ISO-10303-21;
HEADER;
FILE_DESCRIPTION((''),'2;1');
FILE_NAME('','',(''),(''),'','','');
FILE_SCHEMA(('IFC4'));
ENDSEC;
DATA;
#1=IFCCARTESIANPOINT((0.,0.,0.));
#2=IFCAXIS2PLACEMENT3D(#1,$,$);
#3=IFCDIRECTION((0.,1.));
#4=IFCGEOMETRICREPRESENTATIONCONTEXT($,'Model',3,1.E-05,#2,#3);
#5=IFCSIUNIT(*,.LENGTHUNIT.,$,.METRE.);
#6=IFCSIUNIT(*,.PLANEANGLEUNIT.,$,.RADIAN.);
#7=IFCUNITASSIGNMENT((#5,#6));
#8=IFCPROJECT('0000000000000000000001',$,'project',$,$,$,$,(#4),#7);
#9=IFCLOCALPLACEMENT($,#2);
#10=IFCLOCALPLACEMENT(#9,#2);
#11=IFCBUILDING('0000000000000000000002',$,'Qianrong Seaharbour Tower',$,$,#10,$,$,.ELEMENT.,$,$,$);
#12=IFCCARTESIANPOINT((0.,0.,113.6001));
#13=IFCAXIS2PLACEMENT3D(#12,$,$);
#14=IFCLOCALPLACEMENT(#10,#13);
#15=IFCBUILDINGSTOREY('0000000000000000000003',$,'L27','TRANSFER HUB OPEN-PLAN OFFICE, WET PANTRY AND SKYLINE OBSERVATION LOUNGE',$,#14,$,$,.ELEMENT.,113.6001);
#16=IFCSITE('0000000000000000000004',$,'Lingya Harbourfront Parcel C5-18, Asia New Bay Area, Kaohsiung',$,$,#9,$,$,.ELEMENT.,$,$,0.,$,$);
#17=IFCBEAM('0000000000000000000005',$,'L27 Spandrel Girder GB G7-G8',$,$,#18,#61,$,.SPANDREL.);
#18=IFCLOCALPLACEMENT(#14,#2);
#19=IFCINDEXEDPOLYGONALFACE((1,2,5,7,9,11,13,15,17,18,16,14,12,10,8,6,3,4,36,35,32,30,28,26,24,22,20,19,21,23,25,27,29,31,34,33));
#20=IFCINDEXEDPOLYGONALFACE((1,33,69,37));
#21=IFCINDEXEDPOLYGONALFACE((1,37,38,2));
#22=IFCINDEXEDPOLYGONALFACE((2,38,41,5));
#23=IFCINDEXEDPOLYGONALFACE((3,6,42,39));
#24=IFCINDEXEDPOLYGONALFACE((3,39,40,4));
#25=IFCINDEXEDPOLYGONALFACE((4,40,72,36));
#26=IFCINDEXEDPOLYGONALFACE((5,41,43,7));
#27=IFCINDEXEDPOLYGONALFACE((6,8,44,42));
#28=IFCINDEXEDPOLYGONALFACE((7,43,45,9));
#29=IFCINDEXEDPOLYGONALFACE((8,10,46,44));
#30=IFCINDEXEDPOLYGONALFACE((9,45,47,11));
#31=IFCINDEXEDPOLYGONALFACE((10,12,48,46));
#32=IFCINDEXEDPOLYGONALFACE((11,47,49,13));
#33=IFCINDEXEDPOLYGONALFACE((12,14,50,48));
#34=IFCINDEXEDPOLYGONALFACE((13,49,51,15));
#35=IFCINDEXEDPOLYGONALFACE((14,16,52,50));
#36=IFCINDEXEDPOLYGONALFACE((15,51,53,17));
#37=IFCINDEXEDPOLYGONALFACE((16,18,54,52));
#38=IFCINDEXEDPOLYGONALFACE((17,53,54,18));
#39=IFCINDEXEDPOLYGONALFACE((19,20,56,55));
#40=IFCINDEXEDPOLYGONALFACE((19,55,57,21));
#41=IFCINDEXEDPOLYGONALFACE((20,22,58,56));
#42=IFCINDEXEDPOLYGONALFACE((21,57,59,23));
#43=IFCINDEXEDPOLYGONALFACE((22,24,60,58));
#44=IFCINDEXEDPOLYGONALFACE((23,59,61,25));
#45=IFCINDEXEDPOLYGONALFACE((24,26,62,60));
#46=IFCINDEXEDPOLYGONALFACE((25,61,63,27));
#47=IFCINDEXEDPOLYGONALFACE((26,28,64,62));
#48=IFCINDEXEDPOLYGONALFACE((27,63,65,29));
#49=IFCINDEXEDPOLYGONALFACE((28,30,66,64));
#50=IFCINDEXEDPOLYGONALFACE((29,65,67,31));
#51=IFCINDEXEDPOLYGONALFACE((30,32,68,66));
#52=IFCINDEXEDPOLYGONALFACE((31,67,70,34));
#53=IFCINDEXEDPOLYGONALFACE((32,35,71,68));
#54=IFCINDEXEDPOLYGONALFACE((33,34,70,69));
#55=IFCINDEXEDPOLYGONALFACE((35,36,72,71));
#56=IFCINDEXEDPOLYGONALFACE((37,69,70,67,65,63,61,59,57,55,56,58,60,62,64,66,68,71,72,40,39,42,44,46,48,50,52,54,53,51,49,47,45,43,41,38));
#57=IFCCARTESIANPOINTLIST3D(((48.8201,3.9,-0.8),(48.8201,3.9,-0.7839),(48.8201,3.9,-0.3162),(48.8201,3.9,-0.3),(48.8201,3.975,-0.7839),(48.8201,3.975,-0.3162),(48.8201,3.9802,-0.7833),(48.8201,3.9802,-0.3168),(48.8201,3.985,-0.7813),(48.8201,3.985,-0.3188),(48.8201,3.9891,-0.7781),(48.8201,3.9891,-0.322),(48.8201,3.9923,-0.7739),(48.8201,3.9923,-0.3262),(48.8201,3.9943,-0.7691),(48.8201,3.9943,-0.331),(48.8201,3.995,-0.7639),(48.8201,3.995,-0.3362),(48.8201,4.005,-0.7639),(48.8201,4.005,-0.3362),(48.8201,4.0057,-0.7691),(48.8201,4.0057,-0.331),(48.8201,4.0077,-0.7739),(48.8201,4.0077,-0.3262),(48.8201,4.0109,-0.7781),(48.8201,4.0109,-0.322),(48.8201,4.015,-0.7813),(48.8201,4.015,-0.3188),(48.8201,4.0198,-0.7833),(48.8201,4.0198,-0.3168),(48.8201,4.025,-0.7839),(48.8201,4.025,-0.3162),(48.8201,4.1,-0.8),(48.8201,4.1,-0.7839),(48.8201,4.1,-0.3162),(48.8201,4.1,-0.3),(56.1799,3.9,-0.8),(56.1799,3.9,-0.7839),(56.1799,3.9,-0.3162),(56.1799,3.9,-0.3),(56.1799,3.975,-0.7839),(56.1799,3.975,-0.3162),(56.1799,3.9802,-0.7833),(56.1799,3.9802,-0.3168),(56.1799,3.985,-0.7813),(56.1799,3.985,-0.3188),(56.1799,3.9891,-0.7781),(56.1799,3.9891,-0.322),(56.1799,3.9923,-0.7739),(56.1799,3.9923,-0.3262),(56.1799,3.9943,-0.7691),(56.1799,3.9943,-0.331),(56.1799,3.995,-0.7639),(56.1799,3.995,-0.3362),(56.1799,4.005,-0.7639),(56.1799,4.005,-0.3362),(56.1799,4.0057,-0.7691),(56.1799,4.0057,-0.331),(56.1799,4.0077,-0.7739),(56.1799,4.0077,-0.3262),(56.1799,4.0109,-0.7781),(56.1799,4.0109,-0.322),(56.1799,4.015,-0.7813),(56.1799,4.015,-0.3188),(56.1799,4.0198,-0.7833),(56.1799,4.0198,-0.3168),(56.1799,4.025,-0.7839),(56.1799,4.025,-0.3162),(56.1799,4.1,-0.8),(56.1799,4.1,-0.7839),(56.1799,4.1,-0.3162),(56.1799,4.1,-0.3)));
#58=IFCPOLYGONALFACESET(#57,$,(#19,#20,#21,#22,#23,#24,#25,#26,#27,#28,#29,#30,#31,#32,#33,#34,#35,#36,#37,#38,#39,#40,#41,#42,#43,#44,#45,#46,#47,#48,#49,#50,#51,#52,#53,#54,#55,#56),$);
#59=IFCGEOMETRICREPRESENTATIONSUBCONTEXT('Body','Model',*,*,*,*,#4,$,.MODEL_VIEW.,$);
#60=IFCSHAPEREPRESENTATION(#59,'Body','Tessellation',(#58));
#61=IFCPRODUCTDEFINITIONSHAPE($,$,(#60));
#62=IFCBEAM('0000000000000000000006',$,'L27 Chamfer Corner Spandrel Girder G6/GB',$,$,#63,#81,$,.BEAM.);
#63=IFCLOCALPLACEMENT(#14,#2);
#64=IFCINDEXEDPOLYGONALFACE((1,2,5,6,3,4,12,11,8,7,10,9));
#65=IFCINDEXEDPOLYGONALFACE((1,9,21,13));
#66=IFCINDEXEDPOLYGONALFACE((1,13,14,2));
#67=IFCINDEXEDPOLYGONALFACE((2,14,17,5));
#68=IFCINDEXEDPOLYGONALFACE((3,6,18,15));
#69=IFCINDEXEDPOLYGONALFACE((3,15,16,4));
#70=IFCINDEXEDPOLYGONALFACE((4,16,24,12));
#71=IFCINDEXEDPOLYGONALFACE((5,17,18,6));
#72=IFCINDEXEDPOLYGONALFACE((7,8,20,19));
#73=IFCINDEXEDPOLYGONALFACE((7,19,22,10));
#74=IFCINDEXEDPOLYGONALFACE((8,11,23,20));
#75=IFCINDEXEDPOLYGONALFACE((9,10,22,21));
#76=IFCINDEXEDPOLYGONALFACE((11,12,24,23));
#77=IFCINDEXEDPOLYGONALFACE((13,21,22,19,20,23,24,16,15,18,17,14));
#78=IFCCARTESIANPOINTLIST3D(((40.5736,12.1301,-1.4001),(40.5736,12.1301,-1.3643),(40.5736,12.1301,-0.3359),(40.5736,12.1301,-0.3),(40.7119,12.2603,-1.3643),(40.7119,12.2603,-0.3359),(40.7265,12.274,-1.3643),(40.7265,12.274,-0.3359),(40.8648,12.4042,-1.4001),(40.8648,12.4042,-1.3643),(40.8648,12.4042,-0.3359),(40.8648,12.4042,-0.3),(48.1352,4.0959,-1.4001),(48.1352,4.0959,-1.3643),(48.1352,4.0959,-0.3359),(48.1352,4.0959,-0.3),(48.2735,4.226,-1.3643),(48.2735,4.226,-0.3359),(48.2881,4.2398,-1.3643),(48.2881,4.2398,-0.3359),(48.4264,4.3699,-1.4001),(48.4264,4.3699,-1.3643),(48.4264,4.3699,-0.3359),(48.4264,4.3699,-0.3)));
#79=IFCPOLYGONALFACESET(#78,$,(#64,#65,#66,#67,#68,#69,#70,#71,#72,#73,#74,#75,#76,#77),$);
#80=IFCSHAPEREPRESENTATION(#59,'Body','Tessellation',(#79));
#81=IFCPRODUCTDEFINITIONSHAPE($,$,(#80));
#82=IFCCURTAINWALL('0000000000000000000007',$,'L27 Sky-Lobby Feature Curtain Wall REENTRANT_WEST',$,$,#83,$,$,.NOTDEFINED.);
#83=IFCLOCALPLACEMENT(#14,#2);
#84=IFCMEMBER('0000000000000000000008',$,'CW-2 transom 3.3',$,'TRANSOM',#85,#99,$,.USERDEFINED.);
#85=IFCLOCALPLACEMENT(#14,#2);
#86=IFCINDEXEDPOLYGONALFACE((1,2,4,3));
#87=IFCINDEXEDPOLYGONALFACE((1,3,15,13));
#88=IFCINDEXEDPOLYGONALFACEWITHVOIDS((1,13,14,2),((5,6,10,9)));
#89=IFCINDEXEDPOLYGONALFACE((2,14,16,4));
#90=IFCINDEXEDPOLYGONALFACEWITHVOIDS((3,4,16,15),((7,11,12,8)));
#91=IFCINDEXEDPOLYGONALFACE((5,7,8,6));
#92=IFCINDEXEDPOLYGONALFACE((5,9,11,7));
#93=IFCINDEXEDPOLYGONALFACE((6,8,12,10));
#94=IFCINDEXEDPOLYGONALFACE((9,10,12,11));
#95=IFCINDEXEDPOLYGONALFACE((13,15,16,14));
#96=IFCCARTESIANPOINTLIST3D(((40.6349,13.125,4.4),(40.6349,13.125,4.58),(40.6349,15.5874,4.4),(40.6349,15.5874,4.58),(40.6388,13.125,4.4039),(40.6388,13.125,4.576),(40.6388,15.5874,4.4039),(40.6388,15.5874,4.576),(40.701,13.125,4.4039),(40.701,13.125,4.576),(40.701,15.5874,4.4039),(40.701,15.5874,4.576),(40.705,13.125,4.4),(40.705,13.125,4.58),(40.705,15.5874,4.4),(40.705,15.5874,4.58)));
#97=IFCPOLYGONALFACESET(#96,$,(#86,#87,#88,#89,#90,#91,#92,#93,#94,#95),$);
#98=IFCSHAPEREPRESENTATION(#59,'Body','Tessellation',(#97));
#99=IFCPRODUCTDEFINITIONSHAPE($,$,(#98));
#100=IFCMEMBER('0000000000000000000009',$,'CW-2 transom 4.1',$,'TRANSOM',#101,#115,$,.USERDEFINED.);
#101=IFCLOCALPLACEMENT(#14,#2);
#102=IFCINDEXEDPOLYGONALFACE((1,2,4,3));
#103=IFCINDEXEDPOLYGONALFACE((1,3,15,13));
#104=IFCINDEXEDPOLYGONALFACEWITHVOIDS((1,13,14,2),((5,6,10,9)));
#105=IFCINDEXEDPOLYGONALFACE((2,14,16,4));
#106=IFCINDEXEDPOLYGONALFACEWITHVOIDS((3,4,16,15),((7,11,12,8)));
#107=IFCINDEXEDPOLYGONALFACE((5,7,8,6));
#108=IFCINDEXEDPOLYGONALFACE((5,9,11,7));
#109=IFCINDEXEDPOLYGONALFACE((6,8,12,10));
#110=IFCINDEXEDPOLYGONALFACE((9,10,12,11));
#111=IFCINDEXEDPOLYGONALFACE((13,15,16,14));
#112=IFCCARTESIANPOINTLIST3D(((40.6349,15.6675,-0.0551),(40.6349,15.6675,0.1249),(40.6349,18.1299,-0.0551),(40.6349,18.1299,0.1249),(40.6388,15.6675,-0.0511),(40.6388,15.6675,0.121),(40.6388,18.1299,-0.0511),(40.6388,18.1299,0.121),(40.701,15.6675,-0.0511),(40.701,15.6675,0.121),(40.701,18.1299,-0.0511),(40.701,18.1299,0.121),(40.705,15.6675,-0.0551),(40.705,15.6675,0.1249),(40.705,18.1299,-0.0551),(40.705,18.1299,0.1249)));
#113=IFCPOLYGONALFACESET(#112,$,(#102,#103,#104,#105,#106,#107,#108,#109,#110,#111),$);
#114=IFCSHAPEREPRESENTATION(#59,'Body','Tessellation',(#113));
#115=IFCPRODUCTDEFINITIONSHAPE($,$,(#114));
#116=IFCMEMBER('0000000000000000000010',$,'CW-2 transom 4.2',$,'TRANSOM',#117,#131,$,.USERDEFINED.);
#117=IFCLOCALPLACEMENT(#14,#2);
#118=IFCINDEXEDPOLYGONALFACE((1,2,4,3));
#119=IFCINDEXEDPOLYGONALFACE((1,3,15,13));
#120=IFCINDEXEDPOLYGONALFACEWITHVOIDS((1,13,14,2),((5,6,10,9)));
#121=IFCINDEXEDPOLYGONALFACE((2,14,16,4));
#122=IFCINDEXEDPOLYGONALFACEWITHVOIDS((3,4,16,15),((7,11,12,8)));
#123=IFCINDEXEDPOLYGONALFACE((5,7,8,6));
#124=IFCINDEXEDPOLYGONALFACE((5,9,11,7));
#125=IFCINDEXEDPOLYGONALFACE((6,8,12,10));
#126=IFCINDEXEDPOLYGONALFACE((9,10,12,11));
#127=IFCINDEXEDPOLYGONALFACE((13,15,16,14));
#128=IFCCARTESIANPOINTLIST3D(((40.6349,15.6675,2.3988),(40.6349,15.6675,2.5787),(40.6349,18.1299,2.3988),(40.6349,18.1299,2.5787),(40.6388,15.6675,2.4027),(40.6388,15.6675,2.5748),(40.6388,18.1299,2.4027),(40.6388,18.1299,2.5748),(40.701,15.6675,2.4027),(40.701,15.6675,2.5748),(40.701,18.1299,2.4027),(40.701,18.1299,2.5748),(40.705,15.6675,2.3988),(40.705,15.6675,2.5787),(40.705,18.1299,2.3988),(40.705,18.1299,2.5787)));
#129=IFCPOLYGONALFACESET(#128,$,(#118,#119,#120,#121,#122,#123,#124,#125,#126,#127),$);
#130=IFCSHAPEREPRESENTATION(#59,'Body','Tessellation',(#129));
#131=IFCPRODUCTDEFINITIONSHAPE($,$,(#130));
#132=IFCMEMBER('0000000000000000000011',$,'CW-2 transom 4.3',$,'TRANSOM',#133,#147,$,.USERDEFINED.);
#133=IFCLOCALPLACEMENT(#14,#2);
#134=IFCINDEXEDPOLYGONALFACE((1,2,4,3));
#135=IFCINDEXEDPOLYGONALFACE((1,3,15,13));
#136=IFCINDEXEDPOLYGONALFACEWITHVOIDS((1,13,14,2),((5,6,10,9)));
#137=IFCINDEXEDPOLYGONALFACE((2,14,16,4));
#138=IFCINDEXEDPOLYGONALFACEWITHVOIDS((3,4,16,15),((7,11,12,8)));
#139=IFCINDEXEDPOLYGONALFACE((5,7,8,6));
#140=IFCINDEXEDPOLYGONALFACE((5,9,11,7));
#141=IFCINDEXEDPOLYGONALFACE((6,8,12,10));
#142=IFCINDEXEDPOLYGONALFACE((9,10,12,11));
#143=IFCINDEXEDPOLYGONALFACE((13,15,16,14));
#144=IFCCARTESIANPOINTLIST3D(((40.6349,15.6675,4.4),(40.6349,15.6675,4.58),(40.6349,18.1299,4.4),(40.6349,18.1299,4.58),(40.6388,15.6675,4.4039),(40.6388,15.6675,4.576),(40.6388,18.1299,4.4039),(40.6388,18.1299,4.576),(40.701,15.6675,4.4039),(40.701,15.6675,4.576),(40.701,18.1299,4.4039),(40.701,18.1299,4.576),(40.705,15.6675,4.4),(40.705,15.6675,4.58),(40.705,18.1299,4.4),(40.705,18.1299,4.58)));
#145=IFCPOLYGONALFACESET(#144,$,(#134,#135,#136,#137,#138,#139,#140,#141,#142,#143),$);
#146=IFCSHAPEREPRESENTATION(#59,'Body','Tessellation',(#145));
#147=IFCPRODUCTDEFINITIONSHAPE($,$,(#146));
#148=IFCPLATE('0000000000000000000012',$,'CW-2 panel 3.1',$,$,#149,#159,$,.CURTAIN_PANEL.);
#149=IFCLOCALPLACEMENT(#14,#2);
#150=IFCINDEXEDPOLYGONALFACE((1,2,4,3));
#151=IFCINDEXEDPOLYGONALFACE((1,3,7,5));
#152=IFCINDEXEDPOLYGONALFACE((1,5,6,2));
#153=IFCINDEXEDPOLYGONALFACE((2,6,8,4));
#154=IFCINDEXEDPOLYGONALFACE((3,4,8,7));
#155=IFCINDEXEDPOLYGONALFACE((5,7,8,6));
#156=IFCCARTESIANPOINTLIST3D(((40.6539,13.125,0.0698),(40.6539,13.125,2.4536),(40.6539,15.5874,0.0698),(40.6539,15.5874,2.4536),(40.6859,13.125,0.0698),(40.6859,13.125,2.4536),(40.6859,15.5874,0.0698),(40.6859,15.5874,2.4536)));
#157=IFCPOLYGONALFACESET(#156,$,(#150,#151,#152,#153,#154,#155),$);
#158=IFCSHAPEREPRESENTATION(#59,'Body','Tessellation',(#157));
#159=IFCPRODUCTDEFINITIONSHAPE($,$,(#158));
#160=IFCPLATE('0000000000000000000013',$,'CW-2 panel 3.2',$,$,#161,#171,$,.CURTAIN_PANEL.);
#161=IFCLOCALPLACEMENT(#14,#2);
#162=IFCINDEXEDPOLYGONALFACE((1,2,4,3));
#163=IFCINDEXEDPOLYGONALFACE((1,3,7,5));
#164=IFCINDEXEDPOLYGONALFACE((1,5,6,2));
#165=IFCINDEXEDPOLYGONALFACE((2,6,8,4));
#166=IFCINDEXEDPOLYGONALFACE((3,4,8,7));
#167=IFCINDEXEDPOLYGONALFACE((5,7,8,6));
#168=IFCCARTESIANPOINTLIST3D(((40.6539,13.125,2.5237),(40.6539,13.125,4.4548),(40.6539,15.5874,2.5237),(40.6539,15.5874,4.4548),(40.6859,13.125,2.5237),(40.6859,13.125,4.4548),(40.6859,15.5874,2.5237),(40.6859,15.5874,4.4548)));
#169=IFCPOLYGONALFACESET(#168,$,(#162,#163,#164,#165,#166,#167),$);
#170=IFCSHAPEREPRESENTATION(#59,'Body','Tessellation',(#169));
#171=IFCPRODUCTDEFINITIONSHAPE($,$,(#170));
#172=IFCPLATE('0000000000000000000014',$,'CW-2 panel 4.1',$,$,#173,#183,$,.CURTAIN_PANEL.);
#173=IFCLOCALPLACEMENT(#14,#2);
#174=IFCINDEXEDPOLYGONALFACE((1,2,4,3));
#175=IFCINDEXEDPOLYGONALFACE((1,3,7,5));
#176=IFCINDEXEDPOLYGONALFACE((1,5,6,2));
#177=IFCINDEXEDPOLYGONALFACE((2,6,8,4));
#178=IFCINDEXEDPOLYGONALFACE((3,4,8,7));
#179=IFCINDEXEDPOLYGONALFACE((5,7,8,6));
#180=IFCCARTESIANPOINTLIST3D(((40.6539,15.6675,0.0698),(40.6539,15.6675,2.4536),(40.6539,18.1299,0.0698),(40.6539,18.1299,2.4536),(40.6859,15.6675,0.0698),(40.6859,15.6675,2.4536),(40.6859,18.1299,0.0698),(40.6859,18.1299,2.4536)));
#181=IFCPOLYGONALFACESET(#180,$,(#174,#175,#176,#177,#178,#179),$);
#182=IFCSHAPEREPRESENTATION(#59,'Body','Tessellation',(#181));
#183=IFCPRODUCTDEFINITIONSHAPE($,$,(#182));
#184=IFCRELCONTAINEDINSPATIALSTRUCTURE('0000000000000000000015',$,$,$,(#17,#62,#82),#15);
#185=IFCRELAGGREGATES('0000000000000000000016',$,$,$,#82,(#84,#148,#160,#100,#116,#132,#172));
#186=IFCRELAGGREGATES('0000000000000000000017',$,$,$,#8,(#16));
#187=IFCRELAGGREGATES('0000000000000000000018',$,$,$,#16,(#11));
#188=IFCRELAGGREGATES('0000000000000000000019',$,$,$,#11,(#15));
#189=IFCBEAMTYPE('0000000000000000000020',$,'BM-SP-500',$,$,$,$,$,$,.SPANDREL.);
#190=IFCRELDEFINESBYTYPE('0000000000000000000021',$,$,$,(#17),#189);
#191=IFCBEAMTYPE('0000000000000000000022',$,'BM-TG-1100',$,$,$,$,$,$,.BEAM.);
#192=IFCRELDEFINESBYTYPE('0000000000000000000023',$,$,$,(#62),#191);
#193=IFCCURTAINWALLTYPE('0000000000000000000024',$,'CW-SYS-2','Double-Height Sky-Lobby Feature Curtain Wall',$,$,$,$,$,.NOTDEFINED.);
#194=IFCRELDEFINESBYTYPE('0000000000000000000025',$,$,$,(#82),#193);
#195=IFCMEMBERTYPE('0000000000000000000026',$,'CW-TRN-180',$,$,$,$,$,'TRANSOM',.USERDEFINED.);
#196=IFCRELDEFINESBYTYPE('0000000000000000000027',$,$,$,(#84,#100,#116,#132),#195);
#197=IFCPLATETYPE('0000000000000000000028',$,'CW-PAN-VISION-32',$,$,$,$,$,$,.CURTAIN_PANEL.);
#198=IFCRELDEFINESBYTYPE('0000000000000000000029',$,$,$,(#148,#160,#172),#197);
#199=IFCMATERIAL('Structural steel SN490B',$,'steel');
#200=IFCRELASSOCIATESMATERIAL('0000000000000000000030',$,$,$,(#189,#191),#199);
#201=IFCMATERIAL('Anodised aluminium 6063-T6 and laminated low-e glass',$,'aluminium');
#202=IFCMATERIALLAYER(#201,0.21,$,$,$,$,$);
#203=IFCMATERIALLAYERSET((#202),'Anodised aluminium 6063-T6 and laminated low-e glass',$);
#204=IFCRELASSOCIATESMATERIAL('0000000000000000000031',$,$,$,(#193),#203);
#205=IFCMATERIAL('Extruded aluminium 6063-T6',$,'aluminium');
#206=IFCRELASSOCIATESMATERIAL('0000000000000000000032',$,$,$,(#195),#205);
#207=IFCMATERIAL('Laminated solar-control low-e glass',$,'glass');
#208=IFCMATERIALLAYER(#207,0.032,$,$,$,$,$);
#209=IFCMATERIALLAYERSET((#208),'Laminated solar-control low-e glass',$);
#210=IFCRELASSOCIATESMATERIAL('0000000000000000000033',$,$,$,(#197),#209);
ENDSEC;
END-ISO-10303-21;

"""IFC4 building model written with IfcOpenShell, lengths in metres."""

from ifc_helpers import new_model, si_unit, direction, frame, origin, origin_2d, place, context, subcontext, project, spatial, rectangle, hollow_rectangle, i_section, extrude, material, layer, layer_set, material_profile, profile_set, type_object, element, aggregate, save


model = new_model("IFC4")

# Units and contexts
model_context = context("Model", 3, precision=1e-05, world=origin(), true_north=direction((0.0, 1.0)))
body_context = subcontext(model_context, "Body", "Model", "MODEL_VIEW")
ifc_project = project(units=[si_unit("LENGTHUNIT", "METRE"), si_unit("PLANEANGLEUNIT", "RADIAN")], contexts=[model_context])

# Site, building, storey
site_placement = place(None, origin())
site = spatial("IfcSite", under=ifc_project, at=site_placement, Name="Lingya Harbourfront Parcel C5-18, Asia New Bay Area, Kaohsiung", CompositionType="ELEMENT", RefElevation=0.0)
building_placement = place(site_placement, origin())
building = spatial("IfcBuilding", under=site, at=building_placement, Name="Qianrong Seaharbour Tower", CompositionType="ELEMENT")
storey_placement = place(building_placement, frame((0.0, 0.0, 113.6001)))
storey = spatial("IfcBuildingStorey", under=building, at=storey_placement, Name="L27", Description="TRANSFER HUB OPEN-PLAN OFFICE, WET PANTRY AND SKYLINE OBSERVATION LOUNGE", CompositionType="ELEMENT", Elevation=113.6001)

# Shared definitions
ifc_material_1 = material(Name="Structural steel SN490B", Category="steel")

# Beams
ifc_material_profile_1 = material_profile(ifc_material_1, i_section(OverallWidth=0.2, OverallDepth=0.5, WebThickness=0.01, FlangeThickness=0.0161, FilletRadius=0.02, at=origin_2d()), Name="H500x200x10x16")
ifc_profile_set_1 = profile_set([ifc_material_profile_1], Name="Structural steel SN490B")
beam_type_1 = type_object("IfcBeamType", Name="BM-SP-500", PredefinedType="SPANDREL", material=ifc_profile_set_1)
beam_1_placement = place(storey_placement, frame((48.8201, 4.0, -0.55), z_axis=(1.0, 0.0, 0.0), x_axis=(0.0, 1.0, 0.0)))
element("IfcBeam", 1, at=beam_1_placement, inside=storey, type_object=beam_type_1, Name="L27 Spandrel Girder GB G7-G8", PredefinedType="SPANDREL", context=body_context, shape_type="SweptSolid", body=[
    extrude(i_section(OverallWidth=0.2, OverallDepth=0.5, WebThickness=0.01, FlangeThickness=0.0161, FilletRadius=0.02, at=origin_2d()), origin(), (0.0, 0.0, 1.0), 7.3599),
])
ifc_material_profile_2 = material_profile(ifc_material_1, i_section(OverallWidth=0.3999, OverallDepth=1.1001, WebThickness=0.02, FlangeThickness=0.0359, at=origin_2d()), Name="BH1100x400x20x36")
ifc_profile_set_2 = profile_set([ifc_material_profile_2], Name="Structural steel SN490B")
beam_type_2 = type_object("IfcBeamType", Name="BM-TG-1100", PredefinedType="BEAM", material=ifc_profile_set_2)
beam_2_placement = place(storey_placement, frame((48.2808, 4.2329, -0.8501), z_axis=(-0.685362, 0.728203, 0.0), x_axis=(-0.728203, -0.685362, 0.0)))
element("IfcBeam", 2, at=beam_2_placement, inside=storey, type_object=beam_type_2, Name="L27 Chamfer Corner Spandrel Girder G6/GB", PredefinedType="BEAM", context=body_context, shape_type="SweptSolid", body=[
    extrude(i_section(OverallWidth=0.3999, OverallDepth=1.1001, WebThickness=0.02, FlangeThickness=0.0359, at=origin_2d()), origin(), (0.0, 0.0, 1.0), 11.033),
])

# Curtain wall, members, plates
ifc_material_2 = material(Name="Anodised aluminium 6063-T6 and laminated low-e glass", Category="aluminium")
ifc_layer_1 = layer(ifc_material_2, 0.21)
ifc_layer_set_1 = layer_set([ifc_layer_1], Name="Anodised aluminium 6063-T6 and laminated low-e glass")
curtain_wall_type = type_object("IfcCurtainWallType", Name="CW-SYS-2", Description="Double-Height Sky-Lobby Feature Curtain Wall", PredefinedType="NOTDEFINED", material=ifc_layer_set_1)
curtain_wall_placement = place(storey_placement, origin())
curtain_wall = element("IfcCurtainWall", 3, at=curtain_wall_placement, inside=storey, type_object=curtain_wall_type, Name="L27 Sky-Lobby Feature Curtain Wall REENTRANT_WEST", PredefinedType="NOTDEFINED")
ifc_material_3 = material(Name="Extruded aluminium 6063-T6", Category="aluminium")
ifc_material_profile_3 = material_profile(ifc_material_3, hollow_rectangle(XDim=0.0701, YDim=0.1799, WallThickness=0.0039, at=origin_2d()), Name="ALU-TRN-180x70x4")
ifc_profile_set_3 = profile_set([ifc_material_profile_3], Name="Extruded aluminium 6063-T6")
member_type = type_object("IfcMemberType", Name="CW-TRN-180", ElementType="TRANSOM", PredefinedType="USERDEFINED", material=ifc_profile_set_3)
member_1_placement = place(storey_placement, frame((40.6699, 13.125, 4.49), z_axis=(0.0, 1.0, 0.0), x_axis=(-1.0, 0.0, 0.0)))
member_1 = element("IfcMember", 4, at=member_1_placement, type_object=member_type, Name="CW-2 transom 3.3", ObjectType="TRANSOM", PredefinedType="USERDEFINED", context=body_context, shape_type="SweptSolid", body=[
    extrude(hollow_rectangle(XDim=0.0701, YDim=0.1799, WallThickness=0.0039, at=origin_2d()), origin(), (0.0, 0.0, 1.0), 2.4624),
])
member_2_placement = place(storey_placement, frame((40.6699, 15.6675, 0.0349), z_axis=(0.0, 1.0, 0.0), x_axis=(-1.0, 0.0, 0.0)))
member_2 = element("IfcMember", 5, at=member_2_placement, type_object=member_type, Name="CW-2 transom 4.1", ObjectType="TRANSOM", PredefinedType="USERDEFINED", context=body_context, shape_type="SweptSolid", body=[
    extrude(hollow_rectangle(XDim=0.0701, YDim=0.1799, WallThickness=0.0039, at=origin_2d()), origin(), (0.0, 0.0, 1.0), 2.4624),
])
member_3_placement = place(storey_placement, frame((40.6699, 15.6675, 2.4888), z_axis=(0.0, 1.0, 0.0), x_axis=(-1.0, 0.0, 0.0)))
member_3 = element("IfcMember", 6, at=member_3_placement, type_object=member_type, Name="CW-2 transom 4.2", ObjectType="TRANSOM", PredefinedType="USERDEFINED", context=body_context, shape_type="SweptSolid", body=[
    extrude(hollow_rectangle(XDim=0.0701, YDim=0.1799, WallThickness=0.0039, at=origin_2d()), origin(), (0.0, 0.0, 1.0), 2.4624),
])
member_4_placement = place(storey_placement, frame((40.6699, 15.6675, 4.49), z_axis=(0.0, 1.0, 0.0), x_axis=(-1.0, 0.0, 0.0)))
member_4 = element("IfcMember", 7, at=member_4_placement, type_object=member_type, Name="CW-2 transom 4.3", ObjectType="TRANSOM", PredefinedType="USERDEFINED", context=body_context, shape_type="SweptSolid", body=[
    extrude(hollow_rectangle(XDim=0.0701, YDim=0.1799, WallThickness=0.0039, at=origin_2d()), origin(), (0.0, 0.0, 1.0), 2.4624),
])
ifc_material_4 = material(Name="Laminated solar-control low-e glass", Category="glass")
ifc_layer_2 = layer(ifc_material_4, 0.032)
ifc_layer_set_2 = layer_set([ifc_layer_2], Name="Laminated solar-control low-e glass")
plate_type = type_object("IfcPlateType", Name="CW-PAN-VISION-32", PredefinedType="CURTAIN_PANEL", material=ifc_layer_set_2)
plate_1_placement = place(storey_placement, frame((40.6699, 14.3562, 0.0698), z_axis=(0.0, 0.0, 1.0), x_axis=(0.0, 1.0, 0.0)))
plate_1 = element("IfcPlate", 8, at=plate_1_placement, type_object=plate_type, Name="CW-2 panel 3.1", PredefinedType="CURTAIN_PANEL", context=body_context, shape_type="SweptSolid", body=[
    extrude(rectangle(XDim=2.4624, YDim=0.032, at=origin_2d()), origin(), (0.0, 0.0, 1.0), 2.3838),
])
plate_2_placement = place(storey_placement, frame((40.6699, 14.3562, 2.5237), z_axis=(0.0, 0.0, 1.0), x_axis=(0.0, 1.0, 0.0)))
plate_2 = element("IfcPlate", 9, at=plate_2_placement, type_object=plate_type, Name="CW-2 panel 3.2", PredefinedType="CURTAIN_PANEL", context=body_context, shape_type="SweptSolid", body=[
    extrude(rectangle(XDim=2.4624, YDim=0.032, at=origin_2d()), origin(), (0.0, 0.0, 1.0), 1.9312),
])
plate_3_placement = place(storey_placement, frame((40.6699, 16.8987, 0.0698), z_axis=(0.0, 0.0, 1.0), x_axis=(0.0, 1.0, 0.0)))
plate_3 = element("IfcPlate", 10, at=plate_3_placement, type_object=plate_type, Name="CW-2 panel 4.1", PredefinedType="CURTAIN_PANEL", context=body_context, shape_type="SweptSolid", body=[
    extrude(rectangle(XDim=2.4624, YDim=0.032, at=origin_2d()), origin(), (0.0, 0.0, 1.0), 2.3838),
])
aggregate(curtain_wall, [member_1, plate_1, plate_2, member_2, member_3, member_4, plate_3])

save(model, "model.ifc")
